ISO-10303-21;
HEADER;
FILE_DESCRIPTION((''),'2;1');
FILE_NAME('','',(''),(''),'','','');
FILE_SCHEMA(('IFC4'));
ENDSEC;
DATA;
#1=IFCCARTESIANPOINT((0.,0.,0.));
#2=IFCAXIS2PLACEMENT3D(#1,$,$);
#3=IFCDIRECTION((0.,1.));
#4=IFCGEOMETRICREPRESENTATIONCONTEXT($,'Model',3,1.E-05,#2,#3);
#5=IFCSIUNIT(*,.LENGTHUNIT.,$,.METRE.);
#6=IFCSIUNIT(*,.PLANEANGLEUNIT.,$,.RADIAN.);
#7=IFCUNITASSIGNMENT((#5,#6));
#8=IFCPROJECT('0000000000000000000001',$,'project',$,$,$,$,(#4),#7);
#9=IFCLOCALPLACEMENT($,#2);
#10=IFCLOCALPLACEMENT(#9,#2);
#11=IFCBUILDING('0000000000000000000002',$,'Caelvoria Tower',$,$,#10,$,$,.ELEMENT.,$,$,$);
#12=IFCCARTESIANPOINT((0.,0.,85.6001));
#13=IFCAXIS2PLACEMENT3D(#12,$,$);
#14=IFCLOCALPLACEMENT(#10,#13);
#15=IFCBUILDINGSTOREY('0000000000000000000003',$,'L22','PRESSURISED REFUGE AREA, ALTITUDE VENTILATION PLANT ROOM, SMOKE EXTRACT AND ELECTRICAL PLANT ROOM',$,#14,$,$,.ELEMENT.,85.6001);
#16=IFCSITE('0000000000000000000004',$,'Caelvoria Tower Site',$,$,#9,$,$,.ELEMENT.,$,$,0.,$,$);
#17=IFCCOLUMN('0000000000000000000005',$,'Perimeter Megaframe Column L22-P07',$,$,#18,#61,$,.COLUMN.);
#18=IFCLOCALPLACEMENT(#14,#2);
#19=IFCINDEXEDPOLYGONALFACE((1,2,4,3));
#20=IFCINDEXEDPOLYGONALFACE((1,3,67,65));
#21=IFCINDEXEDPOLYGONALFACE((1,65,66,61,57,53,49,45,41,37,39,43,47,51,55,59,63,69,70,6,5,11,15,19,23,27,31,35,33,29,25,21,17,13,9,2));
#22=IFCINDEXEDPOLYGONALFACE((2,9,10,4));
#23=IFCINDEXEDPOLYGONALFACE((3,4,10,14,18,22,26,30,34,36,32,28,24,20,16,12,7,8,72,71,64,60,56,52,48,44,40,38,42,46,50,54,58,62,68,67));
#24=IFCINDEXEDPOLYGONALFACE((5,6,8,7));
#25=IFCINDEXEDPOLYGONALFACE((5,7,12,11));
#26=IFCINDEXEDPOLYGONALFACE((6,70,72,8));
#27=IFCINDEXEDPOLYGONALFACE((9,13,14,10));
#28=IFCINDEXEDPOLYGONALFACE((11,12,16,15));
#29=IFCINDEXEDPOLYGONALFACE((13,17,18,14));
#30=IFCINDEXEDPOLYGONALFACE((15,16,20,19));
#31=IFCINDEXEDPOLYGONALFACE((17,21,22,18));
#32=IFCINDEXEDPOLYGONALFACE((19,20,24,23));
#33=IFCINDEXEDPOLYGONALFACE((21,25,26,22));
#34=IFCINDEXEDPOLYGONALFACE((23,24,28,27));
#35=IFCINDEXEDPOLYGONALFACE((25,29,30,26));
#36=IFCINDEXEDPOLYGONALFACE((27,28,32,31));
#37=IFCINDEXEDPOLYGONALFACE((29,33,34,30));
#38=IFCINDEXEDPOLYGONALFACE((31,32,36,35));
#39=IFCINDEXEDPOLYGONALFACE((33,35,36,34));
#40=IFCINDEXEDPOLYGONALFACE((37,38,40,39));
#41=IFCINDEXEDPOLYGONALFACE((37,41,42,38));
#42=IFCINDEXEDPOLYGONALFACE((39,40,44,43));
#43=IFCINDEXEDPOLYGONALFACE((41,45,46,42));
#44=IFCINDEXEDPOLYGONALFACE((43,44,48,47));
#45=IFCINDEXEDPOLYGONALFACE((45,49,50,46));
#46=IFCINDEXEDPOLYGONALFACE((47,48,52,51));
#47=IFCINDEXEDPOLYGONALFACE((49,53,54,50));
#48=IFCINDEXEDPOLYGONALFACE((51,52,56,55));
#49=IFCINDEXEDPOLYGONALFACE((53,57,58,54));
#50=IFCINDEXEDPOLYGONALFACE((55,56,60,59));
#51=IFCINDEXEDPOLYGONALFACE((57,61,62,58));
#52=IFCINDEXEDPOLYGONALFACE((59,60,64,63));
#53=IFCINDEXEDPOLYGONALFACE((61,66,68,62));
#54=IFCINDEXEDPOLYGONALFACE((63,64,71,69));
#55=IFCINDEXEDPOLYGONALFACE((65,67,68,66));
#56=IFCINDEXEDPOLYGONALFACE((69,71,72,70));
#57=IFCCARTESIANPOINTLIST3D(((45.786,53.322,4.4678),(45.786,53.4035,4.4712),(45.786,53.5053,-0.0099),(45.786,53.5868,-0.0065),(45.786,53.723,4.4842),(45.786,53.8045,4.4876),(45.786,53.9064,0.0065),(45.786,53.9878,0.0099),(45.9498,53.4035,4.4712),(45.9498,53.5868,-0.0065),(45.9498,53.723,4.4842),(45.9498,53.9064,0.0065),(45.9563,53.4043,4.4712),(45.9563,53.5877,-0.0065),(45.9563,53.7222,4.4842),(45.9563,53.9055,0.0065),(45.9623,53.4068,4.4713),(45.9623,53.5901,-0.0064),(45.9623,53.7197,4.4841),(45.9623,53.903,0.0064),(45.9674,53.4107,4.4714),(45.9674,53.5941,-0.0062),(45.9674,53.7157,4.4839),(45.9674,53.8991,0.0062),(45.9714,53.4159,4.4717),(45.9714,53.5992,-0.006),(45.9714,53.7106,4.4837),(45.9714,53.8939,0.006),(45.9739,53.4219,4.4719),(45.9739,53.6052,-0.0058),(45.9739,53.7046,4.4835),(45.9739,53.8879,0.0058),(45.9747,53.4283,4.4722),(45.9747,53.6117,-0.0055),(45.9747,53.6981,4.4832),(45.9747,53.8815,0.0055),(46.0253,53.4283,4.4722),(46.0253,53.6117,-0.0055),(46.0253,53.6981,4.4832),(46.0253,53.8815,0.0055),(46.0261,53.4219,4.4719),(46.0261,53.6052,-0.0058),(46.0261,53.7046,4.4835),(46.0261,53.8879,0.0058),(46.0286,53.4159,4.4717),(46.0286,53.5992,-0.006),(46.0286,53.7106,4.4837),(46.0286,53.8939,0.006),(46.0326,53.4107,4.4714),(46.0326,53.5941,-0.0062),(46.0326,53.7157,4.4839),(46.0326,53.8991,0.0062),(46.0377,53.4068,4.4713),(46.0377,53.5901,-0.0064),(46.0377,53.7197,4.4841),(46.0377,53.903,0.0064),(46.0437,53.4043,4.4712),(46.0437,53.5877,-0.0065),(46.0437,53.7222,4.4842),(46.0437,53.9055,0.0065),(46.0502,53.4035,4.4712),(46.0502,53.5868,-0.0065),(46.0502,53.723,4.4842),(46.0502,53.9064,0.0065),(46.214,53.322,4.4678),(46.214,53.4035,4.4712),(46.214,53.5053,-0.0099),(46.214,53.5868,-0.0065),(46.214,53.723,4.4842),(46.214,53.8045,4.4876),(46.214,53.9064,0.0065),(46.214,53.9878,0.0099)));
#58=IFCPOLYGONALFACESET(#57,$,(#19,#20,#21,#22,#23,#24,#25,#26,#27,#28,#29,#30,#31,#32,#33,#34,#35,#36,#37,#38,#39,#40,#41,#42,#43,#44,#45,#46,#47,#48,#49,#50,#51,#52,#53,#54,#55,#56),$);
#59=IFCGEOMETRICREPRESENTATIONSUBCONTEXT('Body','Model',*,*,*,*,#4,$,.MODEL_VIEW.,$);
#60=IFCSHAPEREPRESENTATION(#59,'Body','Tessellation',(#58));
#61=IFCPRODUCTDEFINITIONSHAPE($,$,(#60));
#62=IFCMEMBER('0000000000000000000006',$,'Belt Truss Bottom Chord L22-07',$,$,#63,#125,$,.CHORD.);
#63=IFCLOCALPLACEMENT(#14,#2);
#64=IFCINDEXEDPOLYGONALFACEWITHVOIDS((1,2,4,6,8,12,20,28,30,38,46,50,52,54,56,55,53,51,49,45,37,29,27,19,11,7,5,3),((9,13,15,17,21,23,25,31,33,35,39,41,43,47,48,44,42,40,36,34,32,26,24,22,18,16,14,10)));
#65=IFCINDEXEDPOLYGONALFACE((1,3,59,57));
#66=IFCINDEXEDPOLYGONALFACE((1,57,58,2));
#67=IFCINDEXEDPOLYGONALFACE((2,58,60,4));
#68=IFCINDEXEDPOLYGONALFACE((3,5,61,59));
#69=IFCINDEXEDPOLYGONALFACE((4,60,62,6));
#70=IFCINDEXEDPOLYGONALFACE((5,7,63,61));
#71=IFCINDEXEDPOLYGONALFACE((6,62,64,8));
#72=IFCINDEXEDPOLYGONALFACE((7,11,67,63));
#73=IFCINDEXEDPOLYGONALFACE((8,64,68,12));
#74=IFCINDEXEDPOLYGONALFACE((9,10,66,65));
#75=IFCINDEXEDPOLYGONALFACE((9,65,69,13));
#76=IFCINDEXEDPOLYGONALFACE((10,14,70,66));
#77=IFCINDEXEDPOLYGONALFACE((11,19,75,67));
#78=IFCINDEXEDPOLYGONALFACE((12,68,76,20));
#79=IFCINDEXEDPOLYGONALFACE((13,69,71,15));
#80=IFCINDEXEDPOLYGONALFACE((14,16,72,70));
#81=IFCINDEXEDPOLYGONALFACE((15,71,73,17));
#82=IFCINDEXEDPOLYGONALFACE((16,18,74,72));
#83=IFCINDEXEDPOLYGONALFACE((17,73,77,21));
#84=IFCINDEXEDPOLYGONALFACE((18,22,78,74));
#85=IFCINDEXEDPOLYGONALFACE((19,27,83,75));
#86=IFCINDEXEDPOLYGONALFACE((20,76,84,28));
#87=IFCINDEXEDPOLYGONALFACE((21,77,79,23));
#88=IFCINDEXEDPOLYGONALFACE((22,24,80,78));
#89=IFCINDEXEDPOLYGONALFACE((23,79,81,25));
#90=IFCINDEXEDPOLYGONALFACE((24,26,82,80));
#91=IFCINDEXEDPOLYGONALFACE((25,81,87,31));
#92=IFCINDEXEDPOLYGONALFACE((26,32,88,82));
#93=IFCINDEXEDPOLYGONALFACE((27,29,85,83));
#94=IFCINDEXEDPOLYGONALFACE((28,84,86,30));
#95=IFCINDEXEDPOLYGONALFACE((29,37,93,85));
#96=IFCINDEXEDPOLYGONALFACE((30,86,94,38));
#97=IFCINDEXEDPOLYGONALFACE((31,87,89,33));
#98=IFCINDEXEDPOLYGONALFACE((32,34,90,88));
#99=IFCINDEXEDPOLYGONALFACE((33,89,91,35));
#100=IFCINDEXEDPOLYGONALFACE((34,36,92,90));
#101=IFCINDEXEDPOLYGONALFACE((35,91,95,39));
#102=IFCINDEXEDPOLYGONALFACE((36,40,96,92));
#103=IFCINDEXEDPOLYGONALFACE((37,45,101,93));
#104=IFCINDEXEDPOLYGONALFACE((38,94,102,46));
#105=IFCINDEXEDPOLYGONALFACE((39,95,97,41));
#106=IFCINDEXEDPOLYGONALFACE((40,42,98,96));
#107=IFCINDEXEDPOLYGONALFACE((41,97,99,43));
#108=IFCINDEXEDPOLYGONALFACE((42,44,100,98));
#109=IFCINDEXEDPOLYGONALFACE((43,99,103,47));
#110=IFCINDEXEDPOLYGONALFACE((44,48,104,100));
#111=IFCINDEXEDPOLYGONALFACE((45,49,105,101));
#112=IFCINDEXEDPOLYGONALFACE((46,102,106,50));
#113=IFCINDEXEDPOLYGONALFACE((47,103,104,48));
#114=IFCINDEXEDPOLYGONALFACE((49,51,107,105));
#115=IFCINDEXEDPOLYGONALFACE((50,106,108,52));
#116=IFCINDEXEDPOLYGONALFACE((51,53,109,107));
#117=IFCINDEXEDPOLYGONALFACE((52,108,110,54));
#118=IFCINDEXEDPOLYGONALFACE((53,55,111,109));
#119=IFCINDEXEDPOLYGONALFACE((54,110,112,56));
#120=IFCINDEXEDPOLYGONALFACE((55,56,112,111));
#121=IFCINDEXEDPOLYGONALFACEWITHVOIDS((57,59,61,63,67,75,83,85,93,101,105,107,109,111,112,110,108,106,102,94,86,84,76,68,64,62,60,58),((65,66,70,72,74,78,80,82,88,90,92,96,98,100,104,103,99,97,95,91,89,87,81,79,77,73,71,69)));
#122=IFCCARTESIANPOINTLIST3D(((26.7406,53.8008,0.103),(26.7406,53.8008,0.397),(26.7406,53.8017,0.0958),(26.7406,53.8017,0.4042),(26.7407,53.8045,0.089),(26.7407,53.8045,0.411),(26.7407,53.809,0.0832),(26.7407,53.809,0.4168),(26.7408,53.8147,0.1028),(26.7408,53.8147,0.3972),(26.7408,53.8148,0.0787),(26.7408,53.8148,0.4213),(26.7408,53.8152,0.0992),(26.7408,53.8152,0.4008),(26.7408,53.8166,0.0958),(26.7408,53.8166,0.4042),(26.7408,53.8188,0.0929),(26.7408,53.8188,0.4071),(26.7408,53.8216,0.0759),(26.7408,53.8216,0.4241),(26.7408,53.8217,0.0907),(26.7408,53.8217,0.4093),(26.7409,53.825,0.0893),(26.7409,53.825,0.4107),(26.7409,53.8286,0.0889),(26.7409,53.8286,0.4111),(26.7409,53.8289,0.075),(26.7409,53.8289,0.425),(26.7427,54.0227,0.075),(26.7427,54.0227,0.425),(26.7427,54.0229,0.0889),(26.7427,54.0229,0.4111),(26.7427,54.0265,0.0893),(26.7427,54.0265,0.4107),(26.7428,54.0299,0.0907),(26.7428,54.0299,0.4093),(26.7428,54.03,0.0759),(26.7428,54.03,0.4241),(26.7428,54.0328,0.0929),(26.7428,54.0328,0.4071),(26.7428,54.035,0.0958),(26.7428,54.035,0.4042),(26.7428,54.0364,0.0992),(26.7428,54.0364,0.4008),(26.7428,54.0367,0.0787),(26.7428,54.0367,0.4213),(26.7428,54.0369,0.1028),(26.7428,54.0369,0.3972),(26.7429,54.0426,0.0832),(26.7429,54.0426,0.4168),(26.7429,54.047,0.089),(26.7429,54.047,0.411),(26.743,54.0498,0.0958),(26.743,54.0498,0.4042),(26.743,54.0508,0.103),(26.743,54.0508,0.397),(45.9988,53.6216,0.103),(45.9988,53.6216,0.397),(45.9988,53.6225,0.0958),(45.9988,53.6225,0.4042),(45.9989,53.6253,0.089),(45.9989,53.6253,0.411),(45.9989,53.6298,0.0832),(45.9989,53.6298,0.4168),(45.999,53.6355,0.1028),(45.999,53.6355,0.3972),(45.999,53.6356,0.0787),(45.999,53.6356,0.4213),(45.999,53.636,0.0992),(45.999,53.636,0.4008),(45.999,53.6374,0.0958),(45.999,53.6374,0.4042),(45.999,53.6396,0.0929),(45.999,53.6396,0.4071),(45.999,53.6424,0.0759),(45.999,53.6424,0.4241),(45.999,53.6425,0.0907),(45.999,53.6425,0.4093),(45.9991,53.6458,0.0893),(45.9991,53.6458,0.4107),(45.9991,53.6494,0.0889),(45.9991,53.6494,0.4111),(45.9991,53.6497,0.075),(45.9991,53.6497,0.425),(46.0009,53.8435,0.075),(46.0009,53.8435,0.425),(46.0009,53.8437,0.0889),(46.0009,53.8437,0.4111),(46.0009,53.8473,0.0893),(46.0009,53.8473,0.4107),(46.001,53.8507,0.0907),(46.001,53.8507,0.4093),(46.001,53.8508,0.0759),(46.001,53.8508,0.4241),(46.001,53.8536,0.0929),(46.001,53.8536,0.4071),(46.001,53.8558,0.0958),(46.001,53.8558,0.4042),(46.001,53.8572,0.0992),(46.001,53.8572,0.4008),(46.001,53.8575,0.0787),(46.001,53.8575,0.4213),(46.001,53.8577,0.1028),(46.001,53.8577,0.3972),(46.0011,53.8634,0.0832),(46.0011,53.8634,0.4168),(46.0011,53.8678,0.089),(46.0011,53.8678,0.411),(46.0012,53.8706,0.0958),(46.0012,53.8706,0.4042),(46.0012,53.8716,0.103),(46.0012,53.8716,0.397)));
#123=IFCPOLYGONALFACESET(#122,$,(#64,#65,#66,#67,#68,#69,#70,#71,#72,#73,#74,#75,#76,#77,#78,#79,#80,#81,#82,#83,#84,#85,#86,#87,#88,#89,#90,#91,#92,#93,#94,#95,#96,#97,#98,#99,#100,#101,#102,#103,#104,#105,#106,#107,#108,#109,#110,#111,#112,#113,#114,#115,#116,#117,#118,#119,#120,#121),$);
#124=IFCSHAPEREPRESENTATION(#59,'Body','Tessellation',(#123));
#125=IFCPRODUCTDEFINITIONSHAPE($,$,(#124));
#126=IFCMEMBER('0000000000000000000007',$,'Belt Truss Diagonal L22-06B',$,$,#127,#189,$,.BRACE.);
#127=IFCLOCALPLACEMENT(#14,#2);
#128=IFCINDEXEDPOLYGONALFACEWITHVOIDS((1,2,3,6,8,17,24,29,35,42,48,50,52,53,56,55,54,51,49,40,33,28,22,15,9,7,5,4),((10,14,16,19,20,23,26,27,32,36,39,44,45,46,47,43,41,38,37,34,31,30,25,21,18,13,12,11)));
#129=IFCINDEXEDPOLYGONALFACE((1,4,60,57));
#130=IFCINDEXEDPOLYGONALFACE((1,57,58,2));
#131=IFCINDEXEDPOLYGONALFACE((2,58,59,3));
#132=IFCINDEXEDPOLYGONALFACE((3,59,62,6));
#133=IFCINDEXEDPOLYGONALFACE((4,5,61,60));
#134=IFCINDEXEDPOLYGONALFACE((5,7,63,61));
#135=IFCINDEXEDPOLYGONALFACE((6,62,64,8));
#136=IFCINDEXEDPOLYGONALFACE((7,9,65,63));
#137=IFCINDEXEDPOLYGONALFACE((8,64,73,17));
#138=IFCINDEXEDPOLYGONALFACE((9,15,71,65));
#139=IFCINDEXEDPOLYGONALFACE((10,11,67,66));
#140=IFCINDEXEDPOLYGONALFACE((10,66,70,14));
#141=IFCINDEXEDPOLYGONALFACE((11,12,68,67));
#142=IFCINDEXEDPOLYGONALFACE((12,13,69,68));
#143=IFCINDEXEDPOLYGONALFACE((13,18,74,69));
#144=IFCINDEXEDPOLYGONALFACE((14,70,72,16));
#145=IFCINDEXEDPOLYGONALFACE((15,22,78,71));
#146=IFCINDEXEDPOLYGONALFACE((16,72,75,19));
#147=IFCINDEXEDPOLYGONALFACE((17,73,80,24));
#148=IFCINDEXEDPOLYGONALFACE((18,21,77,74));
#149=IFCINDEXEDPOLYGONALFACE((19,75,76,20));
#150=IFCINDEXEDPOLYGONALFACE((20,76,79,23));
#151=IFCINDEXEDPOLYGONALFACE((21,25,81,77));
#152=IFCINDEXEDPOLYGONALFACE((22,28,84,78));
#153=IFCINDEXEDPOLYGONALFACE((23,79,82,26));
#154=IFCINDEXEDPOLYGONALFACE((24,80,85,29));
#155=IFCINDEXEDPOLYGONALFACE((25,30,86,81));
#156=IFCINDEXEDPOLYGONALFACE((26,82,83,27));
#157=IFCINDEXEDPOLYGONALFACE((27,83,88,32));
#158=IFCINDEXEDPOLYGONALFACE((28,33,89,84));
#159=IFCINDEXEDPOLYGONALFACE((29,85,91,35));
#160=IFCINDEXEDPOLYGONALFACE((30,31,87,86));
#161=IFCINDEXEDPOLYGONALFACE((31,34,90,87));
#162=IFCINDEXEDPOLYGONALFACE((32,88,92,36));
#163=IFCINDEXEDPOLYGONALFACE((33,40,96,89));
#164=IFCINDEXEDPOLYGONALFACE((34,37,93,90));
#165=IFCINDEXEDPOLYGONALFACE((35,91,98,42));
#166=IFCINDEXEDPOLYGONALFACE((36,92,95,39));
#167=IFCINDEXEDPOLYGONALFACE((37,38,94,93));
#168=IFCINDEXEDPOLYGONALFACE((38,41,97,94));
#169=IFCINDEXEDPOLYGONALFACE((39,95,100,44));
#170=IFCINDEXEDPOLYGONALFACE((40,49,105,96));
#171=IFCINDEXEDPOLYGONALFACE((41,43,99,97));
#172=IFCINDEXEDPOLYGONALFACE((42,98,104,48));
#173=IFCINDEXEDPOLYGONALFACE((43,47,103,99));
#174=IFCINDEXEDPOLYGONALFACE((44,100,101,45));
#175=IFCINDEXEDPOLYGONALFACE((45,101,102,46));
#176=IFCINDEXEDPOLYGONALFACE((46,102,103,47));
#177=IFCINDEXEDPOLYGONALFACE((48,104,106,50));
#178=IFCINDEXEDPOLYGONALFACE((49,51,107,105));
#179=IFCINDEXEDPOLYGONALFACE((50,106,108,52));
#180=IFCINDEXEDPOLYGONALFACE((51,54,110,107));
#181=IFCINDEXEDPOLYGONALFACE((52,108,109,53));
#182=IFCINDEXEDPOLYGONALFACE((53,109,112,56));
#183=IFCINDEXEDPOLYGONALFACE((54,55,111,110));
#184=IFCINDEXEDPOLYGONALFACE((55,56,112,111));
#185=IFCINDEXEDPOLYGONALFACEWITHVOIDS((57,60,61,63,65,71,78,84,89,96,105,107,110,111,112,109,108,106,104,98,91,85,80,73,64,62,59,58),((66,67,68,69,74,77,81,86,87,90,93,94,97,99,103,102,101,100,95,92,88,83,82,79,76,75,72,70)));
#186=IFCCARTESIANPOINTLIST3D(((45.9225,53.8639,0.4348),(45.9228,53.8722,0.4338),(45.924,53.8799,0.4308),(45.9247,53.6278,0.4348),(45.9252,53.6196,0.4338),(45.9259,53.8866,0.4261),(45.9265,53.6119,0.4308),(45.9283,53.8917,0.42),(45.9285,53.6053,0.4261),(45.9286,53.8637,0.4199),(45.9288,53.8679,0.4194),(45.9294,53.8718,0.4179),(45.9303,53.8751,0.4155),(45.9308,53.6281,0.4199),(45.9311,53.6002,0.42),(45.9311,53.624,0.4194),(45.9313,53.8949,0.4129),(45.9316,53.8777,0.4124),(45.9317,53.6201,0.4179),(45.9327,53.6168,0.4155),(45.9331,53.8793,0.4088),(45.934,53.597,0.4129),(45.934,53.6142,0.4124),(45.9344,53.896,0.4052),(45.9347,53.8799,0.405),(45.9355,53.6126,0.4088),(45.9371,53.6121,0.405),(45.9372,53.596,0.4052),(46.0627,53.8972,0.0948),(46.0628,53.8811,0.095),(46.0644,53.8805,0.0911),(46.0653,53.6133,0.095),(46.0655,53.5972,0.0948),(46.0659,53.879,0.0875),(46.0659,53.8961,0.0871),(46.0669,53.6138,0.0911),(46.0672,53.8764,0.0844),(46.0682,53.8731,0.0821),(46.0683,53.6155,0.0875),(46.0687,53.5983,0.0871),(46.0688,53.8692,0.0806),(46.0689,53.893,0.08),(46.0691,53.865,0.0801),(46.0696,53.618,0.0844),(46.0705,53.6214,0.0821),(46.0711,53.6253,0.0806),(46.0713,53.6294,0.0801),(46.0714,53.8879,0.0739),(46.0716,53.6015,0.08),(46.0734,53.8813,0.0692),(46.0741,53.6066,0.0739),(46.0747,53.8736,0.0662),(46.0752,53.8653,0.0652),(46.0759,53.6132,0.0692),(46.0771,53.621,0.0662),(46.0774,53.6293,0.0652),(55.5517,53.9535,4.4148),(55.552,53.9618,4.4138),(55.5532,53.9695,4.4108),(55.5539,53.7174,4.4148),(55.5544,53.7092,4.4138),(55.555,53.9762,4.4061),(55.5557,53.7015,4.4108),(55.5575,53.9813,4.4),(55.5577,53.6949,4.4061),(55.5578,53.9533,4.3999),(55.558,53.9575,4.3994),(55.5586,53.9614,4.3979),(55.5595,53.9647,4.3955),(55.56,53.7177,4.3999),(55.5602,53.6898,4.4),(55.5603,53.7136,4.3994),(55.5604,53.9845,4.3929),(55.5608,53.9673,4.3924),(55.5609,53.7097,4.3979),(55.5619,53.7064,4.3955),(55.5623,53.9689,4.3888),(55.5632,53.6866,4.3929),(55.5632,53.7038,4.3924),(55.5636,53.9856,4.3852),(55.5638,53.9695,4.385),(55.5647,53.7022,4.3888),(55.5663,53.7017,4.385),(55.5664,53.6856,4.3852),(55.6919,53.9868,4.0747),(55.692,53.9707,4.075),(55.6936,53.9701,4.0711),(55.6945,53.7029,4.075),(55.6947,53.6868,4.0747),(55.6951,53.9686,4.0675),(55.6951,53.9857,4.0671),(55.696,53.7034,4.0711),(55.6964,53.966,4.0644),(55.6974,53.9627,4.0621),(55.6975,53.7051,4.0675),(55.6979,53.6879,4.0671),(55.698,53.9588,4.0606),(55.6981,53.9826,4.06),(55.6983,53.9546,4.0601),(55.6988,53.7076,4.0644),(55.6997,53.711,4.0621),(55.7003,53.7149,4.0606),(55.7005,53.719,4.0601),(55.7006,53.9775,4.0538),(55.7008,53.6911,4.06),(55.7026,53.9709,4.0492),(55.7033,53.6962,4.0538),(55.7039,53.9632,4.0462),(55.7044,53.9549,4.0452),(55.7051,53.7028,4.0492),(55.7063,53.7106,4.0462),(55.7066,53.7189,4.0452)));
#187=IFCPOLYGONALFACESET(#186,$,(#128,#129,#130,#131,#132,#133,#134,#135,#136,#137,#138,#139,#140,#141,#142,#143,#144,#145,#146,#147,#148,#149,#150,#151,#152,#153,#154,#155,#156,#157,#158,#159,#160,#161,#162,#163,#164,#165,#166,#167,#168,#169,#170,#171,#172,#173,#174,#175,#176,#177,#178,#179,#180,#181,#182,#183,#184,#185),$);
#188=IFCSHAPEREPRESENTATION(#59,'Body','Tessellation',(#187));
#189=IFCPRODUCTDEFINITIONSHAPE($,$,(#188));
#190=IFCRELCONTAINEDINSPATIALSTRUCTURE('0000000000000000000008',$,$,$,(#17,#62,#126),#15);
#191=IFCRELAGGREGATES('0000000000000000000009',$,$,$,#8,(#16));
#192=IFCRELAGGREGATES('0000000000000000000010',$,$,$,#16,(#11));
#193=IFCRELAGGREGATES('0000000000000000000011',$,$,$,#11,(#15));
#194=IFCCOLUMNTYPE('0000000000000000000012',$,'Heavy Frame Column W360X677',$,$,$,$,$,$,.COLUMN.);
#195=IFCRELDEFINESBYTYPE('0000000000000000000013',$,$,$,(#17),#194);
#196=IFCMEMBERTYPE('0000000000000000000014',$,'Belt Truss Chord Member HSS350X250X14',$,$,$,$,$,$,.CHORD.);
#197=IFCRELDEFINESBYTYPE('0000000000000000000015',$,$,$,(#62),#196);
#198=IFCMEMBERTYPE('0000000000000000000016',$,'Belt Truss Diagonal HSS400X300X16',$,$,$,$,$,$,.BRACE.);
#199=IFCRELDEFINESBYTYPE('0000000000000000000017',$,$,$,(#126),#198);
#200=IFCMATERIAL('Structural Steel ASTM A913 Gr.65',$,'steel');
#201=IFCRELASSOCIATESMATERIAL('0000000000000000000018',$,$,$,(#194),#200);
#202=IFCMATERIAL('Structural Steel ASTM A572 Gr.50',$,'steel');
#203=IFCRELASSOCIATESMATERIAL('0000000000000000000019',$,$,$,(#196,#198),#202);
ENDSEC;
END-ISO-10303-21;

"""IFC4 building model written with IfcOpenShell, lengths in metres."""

from ifc_helpers import new_model, si_unit, direction, frame, origin, origin_2d, place, context, subcontext, project, spatial, hollow_rectangle, i_section, extrude, material, material_profile, profile_set, type_object, element, save


model = new_model("IFC4")

# Units and contexts
model_context = context("Model", 3, precision=1e-05, world=origin(), true_north=direction((0.0, 1.0)))
body_context = subcontext(model_context, "Body", "Model", "MODEL_VIEW")
ifc_project = project(units=[si_unit("LENGTHUNIT", "METRE"), si_unit("PLANEANGLEUNIT", "RADIAN")], contexts=[model_context])

# Site, building, storey
site_placement = place(None, origin())
site = spatial("IfcSite", under=ifc_project, at=site_placement, Name="Caelvoria Tower Site", CompositionType="ELEMENT", RefElevation=0.0)
building_placement = place(site_placement, origin())
building = spatial("IfcBuilding", under=site, at=building_placement, Name="Caelvoria Tower", CompositionType="ELEMENT")
storey_placement = place(building_placement, frame((0.0, 0.0, 85.6001)))
storey = spatial("IfcBuildingStorey", under=building, at=storey_placement, Name="L22", Description="PRESSURISED REFUGE AREA, ALTITUDE VENTILATION PLANT ROOM, SMOKE EXTRACT AND ELECTRICAL PLANT ROOM", CompositionType="ELEMENT", Elevation=85.6001)

# Column
ifc_material_1 = material(Name="Structural Steel ASTM A913 Gr.65", Category="steel")
ifc_material_profile_1 = material_profile(ifc_material_1, i_section(OverallWidth=0.428, OverallDepth=0.4829, WebThickness=0.0505, FlangeThickness=0.0815, FilletRadius=0.0249, at=origin_2d()), Name="Structural Steel ASTM A913 Gr.65")
ifc_profile_set_1 = profile_set([ifc_material_profile_1], Name="W360X677 - Structural Steel ASTM A913 Gr.65")
column_type = type_object("IfcColumnType", Name="Heavy Frame Column W360X677", PredefinedType="COLUMN", material=ifc_profile_set_1)
column_placement = place(storey_placement, frame((46.0, 53.7466, 0.0), z_axis=(0.0, -0.040912, 0.999163), x_axis=(1.0, 0.0, 0.0)))
element("IfcColumn", 1, at=column_placement, inside=storey, type_object=column_type, Name="Perimeter Megaframe Column L22-P07", PredefinedType="COLUMN", context=body_context, shape_type="SweptSolid", body=[
    extrude(i_section(OverallWidth=0.428, OverallDepth=0.4829, WebThickness=0.0505, FlangeThickness=0.0815, FilletRadius=0.0249, at=origin_2d()), origin(), (0.0, 0.0, 1.0), 4.4814),
])

# Members
ifc_material_2 = material(Name="Structural Steel ASTM A572 Gr.50", Category="steel")
ifc_material_profile_2 = material_profile(ifc_material_2, hollow_rectangle(XDim=0.25, YDim=0.3501, WallThickness=0.0139, InnerFilletRadius=0.0139, OuterFilletRadius=0.0281, at=origin_2d()), Name="Structural Steel ASTM A572 Gr.50")
ifc_profile_set_2 = profile_set([ifc_material_profile_2], Name="HSS350X250X14 - Structural Steel ASTM A572 Gr.50")
member_type_1 = type_object("IfcMemberType", Name="Belt Truss Chord Member HSS350X250X14", PredefinedType="CHORD", material=ifc_profile_set_2)
member_1_placement = place(storey_placement, frame((46.0, 53.7466, 0.25), z_axis=(-0.999957, 0.009305, 0.0), x_axis=(-0.009305, -0.999957, 0.0)))
element("IfcMember", 2, at=member_1_placement, inside=storey, type_object=member_type_1, Name="Belt Truss Bottom Chord L22-07", PredefinedType="CHORD", context=body_context, shape_type="SweptSolid", body=[
    extrude(hollow_rectangle(XDim=0.25, YDim=0.3501, WallThickness=0.0139, InnerFilletRadius=0.0139, OuterFilletRadius=0.0281, at=origin_2d()), origin(), (0.0, 0.0, 1.0), 19.259),
])
ifc_material_profile_3 = material_profile(ifc_material_2, hollow_rectangle(XDim=0.3, YDim=0.3999, WallThickness=0.0161, InnerFilletRadius=0.0161, OuterFilletRadius=0.032, at=origin_2d()), Name="Structural Steel ASTM A572 Gr.50")
ifc_profile_set_3 = profile_set([ifc_material_profile_3], Name="HSS400X300X16 - Structural Steel ASTM A572 Gr.50")
member_type_2 = type_object("IfcMemberType", Name="Belt Truss Diagonal HSS400X300X16", PredefinedType="BRACE", material=ifc_profile_set_3)
for number, where, z_axis, x_axis, name in (
    (3, (55.6292, 53.8362, 4.23), (-0.924135, -0.008599, -0.381969), (0.009305, -0.999957, 0.0), "Belt Truss Diagonal L22-06B"),
):
    element("IfcMember", number, at=place(storey_placement, frame(where, z_axis=z_axis, x_axis=x_axis)), inside=storey, type_object=member_type_2, Name=name, PredefinedType="BRACE", context=body_context, shape_type="SweptSolid", body=[
        extrude(hollow_rectangle(XDim=0.3, YDim=0.3999, WallThickness=0.0161, InnerFilletRadius=0.0161, OuterFilletRadius=0.032, at=origin_2d()), origin(), (0.0, 0.0, 1.0), 10.4197),
    ])

save(model, "model.ifc")
